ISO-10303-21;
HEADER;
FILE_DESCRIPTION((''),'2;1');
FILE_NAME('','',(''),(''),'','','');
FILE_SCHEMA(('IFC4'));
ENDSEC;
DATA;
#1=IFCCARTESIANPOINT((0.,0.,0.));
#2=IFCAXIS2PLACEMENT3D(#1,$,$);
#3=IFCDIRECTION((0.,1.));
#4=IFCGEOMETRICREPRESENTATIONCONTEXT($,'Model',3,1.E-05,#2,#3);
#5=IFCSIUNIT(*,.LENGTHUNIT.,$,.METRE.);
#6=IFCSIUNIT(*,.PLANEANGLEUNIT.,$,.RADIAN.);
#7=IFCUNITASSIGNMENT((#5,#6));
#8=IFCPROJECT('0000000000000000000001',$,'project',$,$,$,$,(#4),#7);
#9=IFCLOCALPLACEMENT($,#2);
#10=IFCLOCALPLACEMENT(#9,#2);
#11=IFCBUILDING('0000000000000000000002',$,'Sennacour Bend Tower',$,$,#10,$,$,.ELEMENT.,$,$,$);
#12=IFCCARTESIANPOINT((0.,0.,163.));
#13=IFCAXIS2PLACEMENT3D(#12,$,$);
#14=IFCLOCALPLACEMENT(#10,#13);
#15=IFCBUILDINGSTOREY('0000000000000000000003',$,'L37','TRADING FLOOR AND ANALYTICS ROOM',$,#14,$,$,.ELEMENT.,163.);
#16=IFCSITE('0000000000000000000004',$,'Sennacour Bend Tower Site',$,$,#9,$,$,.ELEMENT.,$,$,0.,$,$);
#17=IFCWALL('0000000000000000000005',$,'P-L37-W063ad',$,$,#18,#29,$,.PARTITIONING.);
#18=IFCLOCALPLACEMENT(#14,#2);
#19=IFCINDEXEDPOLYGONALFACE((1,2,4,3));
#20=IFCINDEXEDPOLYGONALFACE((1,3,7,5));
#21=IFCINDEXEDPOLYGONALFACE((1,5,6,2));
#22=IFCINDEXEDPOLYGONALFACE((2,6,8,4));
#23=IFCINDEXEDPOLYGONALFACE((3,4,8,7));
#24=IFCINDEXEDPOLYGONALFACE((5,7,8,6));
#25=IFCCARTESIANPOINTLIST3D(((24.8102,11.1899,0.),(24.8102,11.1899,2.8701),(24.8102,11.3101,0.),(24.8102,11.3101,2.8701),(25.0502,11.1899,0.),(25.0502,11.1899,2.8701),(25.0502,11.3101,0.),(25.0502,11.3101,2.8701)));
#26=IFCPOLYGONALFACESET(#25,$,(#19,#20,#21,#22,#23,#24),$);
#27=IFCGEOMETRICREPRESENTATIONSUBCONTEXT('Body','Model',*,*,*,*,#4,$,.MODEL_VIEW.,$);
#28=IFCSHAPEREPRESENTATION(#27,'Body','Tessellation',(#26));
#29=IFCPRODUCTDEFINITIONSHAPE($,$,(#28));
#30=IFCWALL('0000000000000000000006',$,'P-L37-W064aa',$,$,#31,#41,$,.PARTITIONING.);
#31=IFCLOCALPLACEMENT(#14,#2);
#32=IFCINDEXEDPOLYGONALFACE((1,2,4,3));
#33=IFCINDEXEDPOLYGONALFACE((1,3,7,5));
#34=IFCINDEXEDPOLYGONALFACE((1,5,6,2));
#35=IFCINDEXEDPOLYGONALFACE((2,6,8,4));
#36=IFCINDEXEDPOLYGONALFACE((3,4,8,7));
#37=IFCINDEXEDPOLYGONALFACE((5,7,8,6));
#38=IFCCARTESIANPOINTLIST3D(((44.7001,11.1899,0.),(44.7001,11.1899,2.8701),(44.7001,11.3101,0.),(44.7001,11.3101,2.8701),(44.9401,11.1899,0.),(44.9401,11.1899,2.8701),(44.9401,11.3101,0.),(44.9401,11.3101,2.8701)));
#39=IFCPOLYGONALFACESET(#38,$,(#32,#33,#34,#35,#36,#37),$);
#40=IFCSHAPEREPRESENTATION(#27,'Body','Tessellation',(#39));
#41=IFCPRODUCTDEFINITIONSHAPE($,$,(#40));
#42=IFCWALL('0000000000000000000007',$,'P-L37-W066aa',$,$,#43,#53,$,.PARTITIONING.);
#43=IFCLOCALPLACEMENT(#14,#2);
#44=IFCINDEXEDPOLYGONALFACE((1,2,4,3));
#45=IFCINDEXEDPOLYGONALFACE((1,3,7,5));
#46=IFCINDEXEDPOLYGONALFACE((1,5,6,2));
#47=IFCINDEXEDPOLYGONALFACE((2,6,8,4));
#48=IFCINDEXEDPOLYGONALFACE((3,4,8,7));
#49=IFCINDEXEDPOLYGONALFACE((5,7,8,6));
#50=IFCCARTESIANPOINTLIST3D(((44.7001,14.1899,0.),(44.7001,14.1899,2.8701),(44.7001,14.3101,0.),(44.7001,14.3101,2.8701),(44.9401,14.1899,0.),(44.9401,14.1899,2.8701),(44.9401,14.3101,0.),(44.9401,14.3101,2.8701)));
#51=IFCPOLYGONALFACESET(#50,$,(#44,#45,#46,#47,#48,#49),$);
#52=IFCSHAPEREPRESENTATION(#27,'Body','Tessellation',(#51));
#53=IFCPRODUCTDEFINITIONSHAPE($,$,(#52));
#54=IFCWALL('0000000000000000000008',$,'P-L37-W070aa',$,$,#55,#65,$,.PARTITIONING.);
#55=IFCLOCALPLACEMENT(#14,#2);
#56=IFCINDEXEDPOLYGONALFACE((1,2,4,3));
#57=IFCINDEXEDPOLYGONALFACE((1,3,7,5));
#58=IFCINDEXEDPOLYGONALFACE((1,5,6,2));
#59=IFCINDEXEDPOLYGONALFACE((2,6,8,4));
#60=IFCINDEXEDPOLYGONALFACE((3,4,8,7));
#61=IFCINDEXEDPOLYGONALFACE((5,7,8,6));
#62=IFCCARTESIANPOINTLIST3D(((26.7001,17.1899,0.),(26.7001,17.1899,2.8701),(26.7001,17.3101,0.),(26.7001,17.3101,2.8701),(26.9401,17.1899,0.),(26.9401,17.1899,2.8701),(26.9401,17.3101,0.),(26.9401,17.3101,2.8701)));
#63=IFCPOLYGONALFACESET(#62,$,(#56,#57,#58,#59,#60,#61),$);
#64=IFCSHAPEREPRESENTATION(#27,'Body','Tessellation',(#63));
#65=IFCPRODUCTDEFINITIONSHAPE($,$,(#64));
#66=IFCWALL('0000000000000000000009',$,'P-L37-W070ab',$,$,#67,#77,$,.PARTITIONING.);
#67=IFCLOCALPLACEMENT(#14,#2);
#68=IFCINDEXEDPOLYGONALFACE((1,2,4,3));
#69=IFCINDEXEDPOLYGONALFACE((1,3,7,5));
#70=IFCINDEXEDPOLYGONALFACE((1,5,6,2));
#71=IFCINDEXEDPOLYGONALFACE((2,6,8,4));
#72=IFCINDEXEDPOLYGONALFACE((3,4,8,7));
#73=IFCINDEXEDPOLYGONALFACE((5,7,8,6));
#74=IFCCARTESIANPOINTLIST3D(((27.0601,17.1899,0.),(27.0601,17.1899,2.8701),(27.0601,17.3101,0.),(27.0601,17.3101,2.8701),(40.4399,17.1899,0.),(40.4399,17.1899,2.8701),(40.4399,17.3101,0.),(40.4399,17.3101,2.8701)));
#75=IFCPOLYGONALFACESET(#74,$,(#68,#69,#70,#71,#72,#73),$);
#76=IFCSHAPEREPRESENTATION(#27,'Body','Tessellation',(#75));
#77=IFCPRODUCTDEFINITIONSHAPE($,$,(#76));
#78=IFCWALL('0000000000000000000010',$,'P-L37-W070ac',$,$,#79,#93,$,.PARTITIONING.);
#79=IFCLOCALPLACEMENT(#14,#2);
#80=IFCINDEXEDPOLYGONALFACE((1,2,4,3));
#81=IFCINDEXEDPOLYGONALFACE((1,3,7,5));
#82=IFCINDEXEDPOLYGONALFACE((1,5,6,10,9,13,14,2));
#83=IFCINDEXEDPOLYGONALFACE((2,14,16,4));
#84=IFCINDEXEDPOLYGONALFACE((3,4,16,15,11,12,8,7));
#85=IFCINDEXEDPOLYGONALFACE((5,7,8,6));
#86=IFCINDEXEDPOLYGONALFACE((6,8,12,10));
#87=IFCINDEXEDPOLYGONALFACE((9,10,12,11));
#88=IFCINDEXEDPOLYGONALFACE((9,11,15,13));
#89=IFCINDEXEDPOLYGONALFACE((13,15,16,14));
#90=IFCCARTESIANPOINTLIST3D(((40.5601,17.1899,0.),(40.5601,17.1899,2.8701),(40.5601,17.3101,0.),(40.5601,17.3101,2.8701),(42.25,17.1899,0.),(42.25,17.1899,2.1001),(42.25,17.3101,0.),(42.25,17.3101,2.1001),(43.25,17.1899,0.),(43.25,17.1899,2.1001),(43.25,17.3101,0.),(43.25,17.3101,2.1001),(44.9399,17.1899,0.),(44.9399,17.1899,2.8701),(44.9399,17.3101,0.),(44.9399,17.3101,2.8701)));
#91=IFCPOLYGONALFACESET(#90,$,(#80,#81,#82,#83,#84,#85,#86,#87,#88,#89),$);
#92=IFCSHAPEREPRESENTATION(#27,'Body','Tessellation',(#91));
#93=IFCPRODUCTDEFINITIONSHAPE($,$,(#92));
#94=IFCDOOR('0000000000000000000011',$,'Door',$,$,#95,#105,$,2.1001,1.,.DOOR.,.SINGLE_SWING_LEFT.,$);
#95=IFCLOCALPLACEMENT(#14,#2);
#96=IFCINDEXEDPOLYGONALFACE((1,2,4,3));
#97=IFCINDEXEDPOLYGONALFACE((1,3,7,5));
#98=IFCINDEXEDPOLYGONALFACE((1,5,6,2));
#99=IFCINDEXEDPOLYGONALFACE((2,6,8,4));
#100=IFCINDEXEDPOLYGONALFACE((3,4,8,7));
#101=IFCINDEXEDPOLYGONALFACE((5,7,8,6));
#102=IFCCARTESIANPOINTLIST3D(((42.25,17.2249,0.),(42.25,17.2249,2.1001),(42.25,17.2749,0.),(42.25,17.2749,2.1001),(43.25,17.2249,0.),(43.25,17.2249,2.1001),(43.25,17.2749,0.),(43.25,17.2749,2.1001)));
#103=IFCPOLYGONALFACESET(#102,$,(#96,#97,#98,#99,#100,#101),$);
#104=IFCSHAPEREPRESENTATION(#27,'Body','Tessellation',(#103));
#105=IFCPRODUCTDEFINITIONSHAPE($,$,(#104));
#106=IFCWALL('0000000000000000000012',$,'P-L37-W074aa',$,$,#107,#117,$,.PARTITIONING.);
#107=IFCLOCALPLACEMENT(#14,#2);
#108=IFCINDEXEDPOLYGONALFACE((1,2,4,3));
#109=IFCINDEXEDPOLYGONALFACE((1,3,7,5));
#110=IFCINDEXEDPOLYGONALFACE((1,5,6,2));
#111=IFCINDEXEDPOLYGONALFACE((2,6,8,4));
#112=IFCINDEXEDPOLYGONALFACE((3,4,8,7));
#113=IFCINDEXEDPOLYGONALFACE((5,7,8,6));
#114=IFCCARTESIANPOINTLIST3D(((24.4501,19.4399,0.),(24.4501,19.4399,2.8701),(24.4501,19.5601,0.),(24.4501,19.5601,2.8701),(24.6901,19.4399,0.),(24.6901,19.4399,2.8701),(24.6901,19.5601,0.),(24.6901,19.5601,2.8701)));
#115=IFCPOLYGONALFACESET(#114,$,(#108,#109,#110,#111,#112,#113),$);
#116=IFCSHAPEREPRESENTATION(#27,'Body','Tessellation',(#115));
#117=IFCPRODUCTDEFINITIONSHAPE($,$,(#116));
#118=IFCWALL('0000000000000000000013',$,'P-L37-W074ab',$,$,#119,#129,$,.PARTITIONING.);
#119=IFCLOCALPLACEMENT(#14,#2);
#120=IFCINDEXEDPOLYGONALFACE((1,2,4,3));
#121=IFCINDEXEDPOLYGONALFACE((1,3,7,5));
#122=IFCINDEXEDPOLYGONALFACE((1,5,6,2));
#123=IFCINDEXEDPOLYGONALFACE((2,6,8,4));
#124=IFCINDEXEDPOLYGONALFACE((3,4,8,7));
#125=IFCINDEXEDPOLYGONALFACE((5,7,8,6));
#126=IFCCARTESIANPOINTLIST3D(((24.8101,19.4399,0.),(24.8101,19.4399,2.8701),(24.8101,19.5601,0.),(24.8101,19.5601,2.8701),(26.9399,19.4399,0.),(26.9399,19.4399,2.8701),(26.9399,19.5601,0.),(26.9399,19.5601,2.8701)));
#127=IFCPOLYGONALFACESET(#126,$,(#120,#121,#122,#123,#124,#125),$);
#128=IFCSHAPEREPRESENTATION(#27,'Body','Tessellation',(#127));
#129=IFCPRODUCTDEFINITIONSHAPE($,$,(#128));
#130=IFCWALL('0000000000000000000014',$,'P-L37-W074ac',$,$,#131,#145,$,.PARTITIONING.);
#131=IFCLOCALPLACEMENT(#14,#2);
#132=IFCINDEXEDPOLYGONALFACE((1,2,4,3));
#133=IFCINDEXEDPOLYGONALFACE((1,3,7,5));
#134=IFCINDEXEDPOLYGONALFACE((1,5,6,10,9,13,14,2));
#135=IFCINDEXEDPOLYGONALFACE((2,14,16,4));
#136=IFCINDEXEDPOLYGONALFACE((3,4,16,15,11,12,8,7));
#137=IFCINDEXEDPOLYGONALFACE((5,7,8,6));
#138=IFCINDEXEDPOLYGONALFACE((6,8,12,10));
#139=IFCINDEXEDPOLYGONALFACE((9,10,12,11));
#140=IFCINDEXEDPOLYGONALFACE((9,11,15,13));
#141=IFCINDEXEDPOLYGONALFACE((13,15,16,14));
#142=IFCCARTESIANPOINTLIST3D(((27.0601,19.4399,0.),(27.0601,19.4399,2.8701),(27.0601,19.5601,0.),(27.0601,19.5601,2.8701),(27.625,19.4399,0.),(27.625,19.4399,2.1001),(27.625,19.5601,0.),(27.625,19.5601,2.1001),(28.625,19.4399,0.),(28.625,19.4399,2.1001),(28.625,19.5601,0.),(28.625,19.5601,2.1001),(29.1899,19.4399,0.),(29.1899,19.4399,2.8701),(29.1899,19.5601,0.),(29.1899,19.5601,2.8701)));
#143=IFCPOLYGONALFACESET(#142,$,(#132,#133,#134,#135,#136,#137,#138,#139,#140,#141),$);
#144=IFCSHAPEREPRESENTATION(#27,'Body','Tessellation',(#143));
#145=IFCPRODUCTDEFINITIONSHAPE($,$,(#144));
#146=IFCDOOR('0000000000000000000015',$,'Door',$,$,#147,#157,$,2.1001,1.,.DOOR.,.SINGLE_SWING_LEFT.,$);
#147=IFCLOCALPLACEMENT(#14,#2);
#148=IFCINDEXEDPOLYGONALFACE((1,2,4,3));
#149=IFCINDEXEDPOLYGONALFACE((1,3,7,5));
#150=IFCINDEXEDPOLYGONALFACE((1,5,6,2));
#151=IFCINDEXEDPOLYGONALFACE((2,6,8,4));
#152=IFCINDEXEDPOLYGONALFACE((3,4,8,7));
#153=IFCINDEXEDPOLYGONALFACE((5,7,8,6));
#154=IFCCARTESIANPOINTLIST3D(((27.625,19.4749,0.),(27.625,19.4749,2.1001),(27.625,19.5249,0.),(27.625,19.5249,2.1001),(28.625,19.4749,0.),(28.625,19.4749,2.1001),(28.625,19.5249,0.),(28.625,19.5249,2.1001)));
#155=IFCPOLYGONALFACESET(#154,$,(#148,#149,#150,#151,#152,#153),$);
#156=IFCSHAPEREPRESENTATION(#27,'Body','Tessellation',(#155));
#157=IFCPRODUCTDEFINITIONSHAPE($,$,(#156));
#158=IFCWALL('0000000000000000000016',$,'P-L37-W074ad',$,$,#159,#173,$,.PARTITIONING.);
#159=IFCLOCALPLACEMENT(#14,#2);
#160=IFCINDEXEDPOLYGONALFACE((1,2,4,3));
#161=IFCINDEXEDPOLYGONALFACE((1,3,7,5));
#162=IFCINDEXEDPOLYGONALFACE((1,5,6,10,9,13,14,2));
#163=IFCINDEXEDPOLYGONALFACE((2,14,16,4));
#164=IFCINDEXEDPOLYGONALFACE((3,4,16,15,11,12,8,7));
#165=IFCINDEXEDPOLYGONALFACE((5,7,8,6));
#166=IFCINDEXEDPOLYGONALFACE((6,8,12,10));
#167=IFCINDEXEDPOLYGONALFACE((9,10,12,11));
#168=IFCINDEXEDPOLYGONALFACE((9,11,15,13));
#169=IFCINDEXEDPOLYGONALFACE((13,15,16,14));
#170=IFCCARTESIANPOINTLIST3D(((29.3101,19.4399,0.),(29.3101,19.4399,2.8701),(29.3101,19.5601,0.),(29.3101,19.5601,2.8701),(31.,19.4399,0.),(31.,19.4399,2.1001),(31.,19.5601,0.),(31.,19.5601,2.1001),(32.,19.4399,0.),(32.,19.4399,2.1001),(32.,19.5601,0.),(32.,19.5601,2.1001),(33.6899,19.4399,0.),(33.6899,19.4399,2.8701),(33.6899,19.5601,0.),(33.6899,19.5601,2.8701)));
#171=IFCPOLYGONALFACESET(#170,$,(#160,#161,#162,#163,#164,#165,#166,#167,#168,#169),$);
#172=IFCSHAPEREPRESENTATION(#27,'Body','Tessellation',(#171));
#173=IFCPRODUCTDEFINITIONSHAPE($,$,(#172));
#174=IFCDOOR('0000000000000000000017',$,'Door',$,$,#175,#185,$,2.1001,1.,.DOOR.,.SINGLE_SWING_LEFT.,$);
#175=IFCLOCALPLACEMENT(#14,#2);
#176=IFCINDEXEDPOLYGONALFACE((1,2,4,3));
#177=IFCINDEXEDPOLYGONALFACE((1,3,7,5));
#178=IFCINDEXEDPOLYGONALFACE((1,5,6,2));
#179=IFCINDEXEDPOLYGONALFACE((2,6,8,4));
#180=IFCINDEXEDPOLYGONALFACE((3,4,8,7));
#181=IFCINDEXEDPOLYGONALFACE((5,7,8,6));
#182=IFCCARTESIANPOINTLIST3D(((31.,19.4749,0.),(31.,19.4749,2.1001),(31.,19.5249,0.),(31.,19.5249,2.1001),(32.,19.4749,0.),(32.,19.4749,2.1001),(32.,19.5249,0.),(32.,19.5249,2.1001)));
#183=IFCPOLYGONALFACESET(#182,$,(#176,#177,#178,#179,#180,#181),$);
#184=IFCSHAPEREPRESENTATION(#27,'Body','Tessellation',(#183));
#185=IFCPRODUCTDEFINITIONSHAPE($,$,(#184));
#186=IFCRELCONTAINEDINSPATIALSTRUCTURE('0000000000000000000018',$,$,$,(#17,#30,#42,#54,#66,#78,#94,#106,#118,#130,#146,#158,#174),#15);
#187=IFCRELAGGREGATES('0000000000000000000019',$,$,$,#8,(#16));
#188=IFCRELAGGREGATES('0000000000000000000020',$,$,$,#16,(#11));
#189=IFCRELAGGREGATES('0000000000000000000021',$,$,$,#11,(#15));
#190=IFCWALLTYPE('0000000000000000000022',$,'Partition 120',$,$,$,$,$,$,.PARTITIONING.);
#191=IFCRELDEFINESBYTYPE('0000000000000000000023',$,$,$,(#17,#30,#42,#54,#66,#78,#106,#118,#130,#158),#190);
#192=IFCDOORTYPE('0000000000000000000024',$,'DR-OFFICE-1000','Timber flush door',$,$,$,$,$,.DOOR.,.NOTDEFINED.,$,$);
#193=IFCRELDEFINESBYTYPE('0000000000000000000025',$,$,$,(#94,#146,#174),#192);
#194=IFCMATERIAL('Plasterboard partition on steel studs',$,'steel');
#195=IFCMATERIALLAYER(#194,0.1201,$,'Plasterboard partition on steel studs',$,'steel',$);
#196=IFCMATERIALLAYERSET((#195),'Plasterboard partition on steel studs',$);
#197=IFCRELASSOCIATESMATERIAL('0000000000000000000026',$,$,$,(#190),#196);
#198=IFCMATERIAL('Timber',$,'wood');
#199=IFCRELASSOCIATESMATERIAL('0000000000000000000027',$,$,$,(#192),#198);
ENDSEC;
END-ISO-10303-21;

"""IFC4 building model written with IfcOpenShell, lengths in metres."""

from ifc_helpers import new_model, si_unit, direction, frame, frame_2d, origin, place, context, subcontext, project, spatial, rectangle, extrude, material, layer, layer_set, type_object, element, fill, save


model = new_model("IFC4")

# Units and contexts
model_context = context("Model", 3, precision=1e-05, world=origin(), true_north=direction((0.0, 1.0)))
body_context = subcontext(model_context, "Body", "Model", "MODEL_VIEW")
ifc_project = project(units=[si_unit("LENGTHUNIT", "METRE"), si_unit("PLANEANGLEUNIT", "RADIAN")], contexts=[model_context])

# Site, building, storey
site_placement = place(None, origin())
site = spatial("IfcSite", under=ifc_project, at=site_placement, Name="Sennacour Bend Tower Site", CompositionType="ELEMENT", RefElevation=0.0)
building_placement = place(site_placement, origin())
building = spatial("IfcBuilding", under=site, at=building_placement, Name="Sennacour Bend Tower", CompositionType="ELEMENT")
storey_placement = place(building_placement, frame((0.0, 0.0, 163.0)))
storey = spatial("IfcBuildingStorey", under=building, at=storey_placement, Name="L37", Description="TRADING FLOOR AND ANALYTICS ROOM", CompositionType="ELEMENT", Elevation=163.0)

# Shared definitions
ifc_material_1 = material(Name="Plasterboard partition on steel studs", Category="steel")
ifc_layer = layer(ifc_material_1, 0.1201, Name="Plasterboard partition on steel studs", Category="steel")
ifc_layer_set = layer_set([ifc_layer], Name="Plasterboard partition on steel studs")
wall_type = type_object("IfcWallType", Name="Partition 120", PredefinedType="PARTITIONING", material=ifc_layer_set)

# Shared definitions
ifc_material_2 = material(Name="Timber", Category="wood")

# Walls
for number, where, z_axis, x_axis, name in (
    (1, (24.8101, 11.25, 0.0), (0.0, 0.0, 1.0), (1.0, 0.0, 0.0), "P-L37-W063ad"),
    (2, (44.7, 11.25, 0.0), (0.0, 0.0, 1.0), (1.0, 0.0, 0.0), "P-L37-W064aa"),
    (3, (44.7, 14.25, 0.0), (0.0, 0.0, 1.0), (1.0, 0.0, 0.0), "P-L37-W066aa"),
    (4, (26.7, 17.25, 0.0), (0.0, 0.0, 1.0), (1.0, 0.0, 0.0), "P-L37-W070aa"),
):
    element("IfcWall", number, at=place(storey_placement, frame(where, z_axis=z_axis, x_axis=x_axis)), inside=storey, type_object=wall_type, Name=name, PredefinedType="PARTITIONING", context=body_context, shape_type="SweptSolid", body=[
        extrude(rectangle(XDim=0.24, YDim=0.1201, at=frame_2d((0.1201, 0.0))), origin(), (0.0, 0.0, 1.0), 2.8701),
    ])
wall_1_placement = place(storey_placement, frame((27.0601, 17.25, 0.0), z_axis=(0.0, 0.0, 1.0), x_axis=(1.0, 0.0, 0.0)))
element("IfcWall", 5, at=wall_1_placement, inside=storey, type_object=wall_type, Name="P-L37-W070ab", PredefinedType="PARTITIONING", context=body_context, shape_type="SweptSolid", body=[
    extrude(rectangle(XDim=13.3799, YDim=0.1201, at=frame_2d((6.6899, 0.0))), origin(), (0.0, 0.0, 1.0), 2.8701),
])

# Wall, opening, door
wall_2_placement = place(storey_placement, frame((40.5601, 17.25, 0.0), z_axis=(0.0, 0.0, 1.0), x_axis=(1.0, 0.0, 0.0)))
wall_2 = element("IfcWall", 6, at=wall_2_placement, inside=storey, type_object=wall_type, Name="P-L37-W070ac", PredefinedType="PARTITIONING", context=body_context, shape_type="SweptSolid", body=[
    extrude(rectangle(XDim=4.3799, YDim=0.1201, at=frame_2d((2.1899, 0.0))), origin(), (0.0, 0.0, 1.0), 2.8701),
])
opening_1_placement = place(wall_2_placement, frame((1.6899, 0.0, 0.0)))
opening_1 = element("IfcOpeningElement", 7, at=opening_1_placement, cuts=wall_2, PredefinedType="OPENING", context=body_context, shape_type="SweptSolid", body=[
    extrude(rectangle(XDim=1.0, YDim=2.1001, at=frame_2d((0.5, 1.05))), frame((0.0, 0.0701, 0.0), z_axis=(0.0, -1.0, 0.0), x_axis=(1.0, 0.0, 0.0)), (0.0, 0.0, 1.0), 0.1401),
])
door_type_1 = type_object("IfcDoorType", Name="DR-OFFICE-1000", Description="Timber flush door", OperationType="NOTDEFINED", PredefinedType="DOOR", material=ifc_material_2)
door_1_placement = place(opening_1_placement, origin())
door_1 = element("IfcDoor", 8, at=door_1_placement, inside=storey, type_object=door_type_1, Name="Door", OperationType="SINGLE_SWING_LEFT", OverallHeight=2.1001, OverallWidth=1.0, PredefinedType="DOOR", context=body_context, shape_type="SweptSolid", body=[
    extrude(rectangle(XDim=1.0, YDim=2.1001, at=frame_2d((0.5, 1.05))), frame((0.0, 0.0249, 0.0), z_axis=(0.0, -1.0, 0.0), x_axis=(1.0, 0.0, 0.0)), (0.0, 0.0, 1.0), 0.05),
])
fill(opening_1, door_1)

# Walls
wall_3_placement = place(storey_placement, frame((24.45, 19.5, 0.0), z_axis=(0.0, 0.0, 1.0), x_axis=(1.0, 0.0, 0.0)))
element("IfcWall", 9, at=wall_3_placement, inside=storey, type_object=wall_type, Name="P-L37-W074aa", PredefinedType="PARTITIONING", context=body_context, shape_type="SweptSolid", body=[
    extrude(rectangle(XDim=0.24, YDim=0.1201, at=frame_2d((0.1201, 0.0))), origin(), (0.0, 0.0, 1.0), 2.8701),
])
wall_4_placement = place(storey_placement, frame((24.8101, 19.5, 0.0), z_axis=(0.0, 0.0, 1.0), x_axis=(1.0, 0.0, 0.0)))
element("IfcWall", 10, at=wall_4_placement, inside=storey, type_object=wall_type, Name="P-L37-W074ab", PredefinedType="PARTITIONING", context=body_context, shape_type="SweptSolid", body=[
    extrude(rectangle(XDim=2.1299, YDim=0.1201, at=frame_2d((1.0649, 0.0))), origin(), (0.0, 0.0, 1.0), 2.8701),
])

# Walls, openings, doors
wall_5_placement = place(storey_placement, frame((27.0601, 19.5, 0.0), z_axis=(0.0, 0.0, 1.0), x_axis=(1.0, 0.0, 0.0)))
wall_5 = element("IfcWall", 11, at=wall_5_placement, inside=storey, type_object=wall_type, Name="P-L37-W074ac", PredefinedType="PARTITIONING", context=body_context, shape_type="SweptSolid", body=[
    extrude(rectangle(XDim=2.1299, YDim=0.1201, at=frame_2d((1.0649, 0.0))), origin(), (0.0, 0.0, 1.0), 2.8701),
])
opening_2_placement = place(wall_5_placement, frame((0.5649, 0.0, 0.0)))
opening_2 = element("IfcOpeningElement", 12, at=opening_2_placement, cuts=wall_5, PredefinedType="OPENING", context=body_context, shape_type="SweptSolid", body=[
    extrude(rectangle(XDim=1.0, YDim=2.1001, at=frame_2d((0.5, 1.05))), frame((0.0, 0.0701, 0.0), z_axis=(0.0, -1.0, 0.0), x_axis=(1.0, 0.0, 0.0)), (0.0, 0.0, 1.0), 0.1401),
])
door_2_placement = place(opening_2_placement, origin())
door_2 = element("IfcDoor", 13, at=door_2_placement, inside=storey, type_object=door_type_1, Name="Door", OperationType="SINGLE_SWING_LEFT", OverallHeight=2.1001, OverallWidth=1.0, PredefinedType="DOOR", context=body_context, shape_type="SweptSolid", body=[
    extrude(rectangle(XDim=1.0, YDim=2.1001, at=frame_2d((0.5, 1.05))), frame((0.0, 0.0249, 0.0), z_axis=(0.0, -1.0, 0.0), x_axis=(1.0, 0.0, 0.0)), (0.0, 0.0, 1.0), 0.05),
])
fill(opening_2, door_2)
wall_6_placement = place(storey_placement, frame((29.3101, 19.5, 0.0), z_axis=(0.0, 0.0, 1.0), x_axis=(1.0, 0.0, 0.0)))
wall_6 = element("IfcWall", 14, at=wall_6_placement, inside=storey, type_object=wall_type, Name="P-L37-W074ad", PredefinedType="PARTITIONING", context=body_context, shape_type="SweptSolid", body=[
    extrude(rectangle(XDim=4.3799, YDim=0.1201, at=frame_2d((2.1899, 0.0))), origin(), (0.0, 0.0, 1.0), 2.8701),
])
opening_3_placement = place(wall_6_placement, frame((1.6899, 0.0, 0.0)))
opening_3 = element("IfcOpeningElement", 15, at=opening_3_placement, cuts=wall_6, PredefinedType="OPENING", context=body_context, shape_type="SweptSolid", body=[
    extrude(rectangle(XDim=1.0, YDim=2.1001, at=frame_2d((0.5, 1.05))), frame((0.0, 0.0701, 0.0), z_axis=(0.0, -1.0, 0.0), x_axis=(1.0, 0.0, 0.0)), (0.0, 0.0, 1.0), 0.1401),
])
door_3_placement = place(opening_3_placement, origin())
door_3 = element("IfcDoor", 16, at=door_3_placement, inside=storey, type_object=door_type_1, Name="Door", OperationType="SINGLE_SWING_LEFT", OverallHeight=2.1001, OverallWidth=1.0, PredefinedType="DOOR", context=body_context, shape_type="SweptSolid", body=[
    extrude(rectangle(XDim=1.0, YDim=2.1001, at=frame_2d((0.5, 1.05))), frame((0.0, 0.0249, 0.0), z_axis=(0.0, -1.0, 0.0), x_axis=(1.0, 0.0, 0.0)), (0.0, 0.0, 1.0), 0.05),
])
fill(opening_3, door_3)

save(model, "model.ifc")
